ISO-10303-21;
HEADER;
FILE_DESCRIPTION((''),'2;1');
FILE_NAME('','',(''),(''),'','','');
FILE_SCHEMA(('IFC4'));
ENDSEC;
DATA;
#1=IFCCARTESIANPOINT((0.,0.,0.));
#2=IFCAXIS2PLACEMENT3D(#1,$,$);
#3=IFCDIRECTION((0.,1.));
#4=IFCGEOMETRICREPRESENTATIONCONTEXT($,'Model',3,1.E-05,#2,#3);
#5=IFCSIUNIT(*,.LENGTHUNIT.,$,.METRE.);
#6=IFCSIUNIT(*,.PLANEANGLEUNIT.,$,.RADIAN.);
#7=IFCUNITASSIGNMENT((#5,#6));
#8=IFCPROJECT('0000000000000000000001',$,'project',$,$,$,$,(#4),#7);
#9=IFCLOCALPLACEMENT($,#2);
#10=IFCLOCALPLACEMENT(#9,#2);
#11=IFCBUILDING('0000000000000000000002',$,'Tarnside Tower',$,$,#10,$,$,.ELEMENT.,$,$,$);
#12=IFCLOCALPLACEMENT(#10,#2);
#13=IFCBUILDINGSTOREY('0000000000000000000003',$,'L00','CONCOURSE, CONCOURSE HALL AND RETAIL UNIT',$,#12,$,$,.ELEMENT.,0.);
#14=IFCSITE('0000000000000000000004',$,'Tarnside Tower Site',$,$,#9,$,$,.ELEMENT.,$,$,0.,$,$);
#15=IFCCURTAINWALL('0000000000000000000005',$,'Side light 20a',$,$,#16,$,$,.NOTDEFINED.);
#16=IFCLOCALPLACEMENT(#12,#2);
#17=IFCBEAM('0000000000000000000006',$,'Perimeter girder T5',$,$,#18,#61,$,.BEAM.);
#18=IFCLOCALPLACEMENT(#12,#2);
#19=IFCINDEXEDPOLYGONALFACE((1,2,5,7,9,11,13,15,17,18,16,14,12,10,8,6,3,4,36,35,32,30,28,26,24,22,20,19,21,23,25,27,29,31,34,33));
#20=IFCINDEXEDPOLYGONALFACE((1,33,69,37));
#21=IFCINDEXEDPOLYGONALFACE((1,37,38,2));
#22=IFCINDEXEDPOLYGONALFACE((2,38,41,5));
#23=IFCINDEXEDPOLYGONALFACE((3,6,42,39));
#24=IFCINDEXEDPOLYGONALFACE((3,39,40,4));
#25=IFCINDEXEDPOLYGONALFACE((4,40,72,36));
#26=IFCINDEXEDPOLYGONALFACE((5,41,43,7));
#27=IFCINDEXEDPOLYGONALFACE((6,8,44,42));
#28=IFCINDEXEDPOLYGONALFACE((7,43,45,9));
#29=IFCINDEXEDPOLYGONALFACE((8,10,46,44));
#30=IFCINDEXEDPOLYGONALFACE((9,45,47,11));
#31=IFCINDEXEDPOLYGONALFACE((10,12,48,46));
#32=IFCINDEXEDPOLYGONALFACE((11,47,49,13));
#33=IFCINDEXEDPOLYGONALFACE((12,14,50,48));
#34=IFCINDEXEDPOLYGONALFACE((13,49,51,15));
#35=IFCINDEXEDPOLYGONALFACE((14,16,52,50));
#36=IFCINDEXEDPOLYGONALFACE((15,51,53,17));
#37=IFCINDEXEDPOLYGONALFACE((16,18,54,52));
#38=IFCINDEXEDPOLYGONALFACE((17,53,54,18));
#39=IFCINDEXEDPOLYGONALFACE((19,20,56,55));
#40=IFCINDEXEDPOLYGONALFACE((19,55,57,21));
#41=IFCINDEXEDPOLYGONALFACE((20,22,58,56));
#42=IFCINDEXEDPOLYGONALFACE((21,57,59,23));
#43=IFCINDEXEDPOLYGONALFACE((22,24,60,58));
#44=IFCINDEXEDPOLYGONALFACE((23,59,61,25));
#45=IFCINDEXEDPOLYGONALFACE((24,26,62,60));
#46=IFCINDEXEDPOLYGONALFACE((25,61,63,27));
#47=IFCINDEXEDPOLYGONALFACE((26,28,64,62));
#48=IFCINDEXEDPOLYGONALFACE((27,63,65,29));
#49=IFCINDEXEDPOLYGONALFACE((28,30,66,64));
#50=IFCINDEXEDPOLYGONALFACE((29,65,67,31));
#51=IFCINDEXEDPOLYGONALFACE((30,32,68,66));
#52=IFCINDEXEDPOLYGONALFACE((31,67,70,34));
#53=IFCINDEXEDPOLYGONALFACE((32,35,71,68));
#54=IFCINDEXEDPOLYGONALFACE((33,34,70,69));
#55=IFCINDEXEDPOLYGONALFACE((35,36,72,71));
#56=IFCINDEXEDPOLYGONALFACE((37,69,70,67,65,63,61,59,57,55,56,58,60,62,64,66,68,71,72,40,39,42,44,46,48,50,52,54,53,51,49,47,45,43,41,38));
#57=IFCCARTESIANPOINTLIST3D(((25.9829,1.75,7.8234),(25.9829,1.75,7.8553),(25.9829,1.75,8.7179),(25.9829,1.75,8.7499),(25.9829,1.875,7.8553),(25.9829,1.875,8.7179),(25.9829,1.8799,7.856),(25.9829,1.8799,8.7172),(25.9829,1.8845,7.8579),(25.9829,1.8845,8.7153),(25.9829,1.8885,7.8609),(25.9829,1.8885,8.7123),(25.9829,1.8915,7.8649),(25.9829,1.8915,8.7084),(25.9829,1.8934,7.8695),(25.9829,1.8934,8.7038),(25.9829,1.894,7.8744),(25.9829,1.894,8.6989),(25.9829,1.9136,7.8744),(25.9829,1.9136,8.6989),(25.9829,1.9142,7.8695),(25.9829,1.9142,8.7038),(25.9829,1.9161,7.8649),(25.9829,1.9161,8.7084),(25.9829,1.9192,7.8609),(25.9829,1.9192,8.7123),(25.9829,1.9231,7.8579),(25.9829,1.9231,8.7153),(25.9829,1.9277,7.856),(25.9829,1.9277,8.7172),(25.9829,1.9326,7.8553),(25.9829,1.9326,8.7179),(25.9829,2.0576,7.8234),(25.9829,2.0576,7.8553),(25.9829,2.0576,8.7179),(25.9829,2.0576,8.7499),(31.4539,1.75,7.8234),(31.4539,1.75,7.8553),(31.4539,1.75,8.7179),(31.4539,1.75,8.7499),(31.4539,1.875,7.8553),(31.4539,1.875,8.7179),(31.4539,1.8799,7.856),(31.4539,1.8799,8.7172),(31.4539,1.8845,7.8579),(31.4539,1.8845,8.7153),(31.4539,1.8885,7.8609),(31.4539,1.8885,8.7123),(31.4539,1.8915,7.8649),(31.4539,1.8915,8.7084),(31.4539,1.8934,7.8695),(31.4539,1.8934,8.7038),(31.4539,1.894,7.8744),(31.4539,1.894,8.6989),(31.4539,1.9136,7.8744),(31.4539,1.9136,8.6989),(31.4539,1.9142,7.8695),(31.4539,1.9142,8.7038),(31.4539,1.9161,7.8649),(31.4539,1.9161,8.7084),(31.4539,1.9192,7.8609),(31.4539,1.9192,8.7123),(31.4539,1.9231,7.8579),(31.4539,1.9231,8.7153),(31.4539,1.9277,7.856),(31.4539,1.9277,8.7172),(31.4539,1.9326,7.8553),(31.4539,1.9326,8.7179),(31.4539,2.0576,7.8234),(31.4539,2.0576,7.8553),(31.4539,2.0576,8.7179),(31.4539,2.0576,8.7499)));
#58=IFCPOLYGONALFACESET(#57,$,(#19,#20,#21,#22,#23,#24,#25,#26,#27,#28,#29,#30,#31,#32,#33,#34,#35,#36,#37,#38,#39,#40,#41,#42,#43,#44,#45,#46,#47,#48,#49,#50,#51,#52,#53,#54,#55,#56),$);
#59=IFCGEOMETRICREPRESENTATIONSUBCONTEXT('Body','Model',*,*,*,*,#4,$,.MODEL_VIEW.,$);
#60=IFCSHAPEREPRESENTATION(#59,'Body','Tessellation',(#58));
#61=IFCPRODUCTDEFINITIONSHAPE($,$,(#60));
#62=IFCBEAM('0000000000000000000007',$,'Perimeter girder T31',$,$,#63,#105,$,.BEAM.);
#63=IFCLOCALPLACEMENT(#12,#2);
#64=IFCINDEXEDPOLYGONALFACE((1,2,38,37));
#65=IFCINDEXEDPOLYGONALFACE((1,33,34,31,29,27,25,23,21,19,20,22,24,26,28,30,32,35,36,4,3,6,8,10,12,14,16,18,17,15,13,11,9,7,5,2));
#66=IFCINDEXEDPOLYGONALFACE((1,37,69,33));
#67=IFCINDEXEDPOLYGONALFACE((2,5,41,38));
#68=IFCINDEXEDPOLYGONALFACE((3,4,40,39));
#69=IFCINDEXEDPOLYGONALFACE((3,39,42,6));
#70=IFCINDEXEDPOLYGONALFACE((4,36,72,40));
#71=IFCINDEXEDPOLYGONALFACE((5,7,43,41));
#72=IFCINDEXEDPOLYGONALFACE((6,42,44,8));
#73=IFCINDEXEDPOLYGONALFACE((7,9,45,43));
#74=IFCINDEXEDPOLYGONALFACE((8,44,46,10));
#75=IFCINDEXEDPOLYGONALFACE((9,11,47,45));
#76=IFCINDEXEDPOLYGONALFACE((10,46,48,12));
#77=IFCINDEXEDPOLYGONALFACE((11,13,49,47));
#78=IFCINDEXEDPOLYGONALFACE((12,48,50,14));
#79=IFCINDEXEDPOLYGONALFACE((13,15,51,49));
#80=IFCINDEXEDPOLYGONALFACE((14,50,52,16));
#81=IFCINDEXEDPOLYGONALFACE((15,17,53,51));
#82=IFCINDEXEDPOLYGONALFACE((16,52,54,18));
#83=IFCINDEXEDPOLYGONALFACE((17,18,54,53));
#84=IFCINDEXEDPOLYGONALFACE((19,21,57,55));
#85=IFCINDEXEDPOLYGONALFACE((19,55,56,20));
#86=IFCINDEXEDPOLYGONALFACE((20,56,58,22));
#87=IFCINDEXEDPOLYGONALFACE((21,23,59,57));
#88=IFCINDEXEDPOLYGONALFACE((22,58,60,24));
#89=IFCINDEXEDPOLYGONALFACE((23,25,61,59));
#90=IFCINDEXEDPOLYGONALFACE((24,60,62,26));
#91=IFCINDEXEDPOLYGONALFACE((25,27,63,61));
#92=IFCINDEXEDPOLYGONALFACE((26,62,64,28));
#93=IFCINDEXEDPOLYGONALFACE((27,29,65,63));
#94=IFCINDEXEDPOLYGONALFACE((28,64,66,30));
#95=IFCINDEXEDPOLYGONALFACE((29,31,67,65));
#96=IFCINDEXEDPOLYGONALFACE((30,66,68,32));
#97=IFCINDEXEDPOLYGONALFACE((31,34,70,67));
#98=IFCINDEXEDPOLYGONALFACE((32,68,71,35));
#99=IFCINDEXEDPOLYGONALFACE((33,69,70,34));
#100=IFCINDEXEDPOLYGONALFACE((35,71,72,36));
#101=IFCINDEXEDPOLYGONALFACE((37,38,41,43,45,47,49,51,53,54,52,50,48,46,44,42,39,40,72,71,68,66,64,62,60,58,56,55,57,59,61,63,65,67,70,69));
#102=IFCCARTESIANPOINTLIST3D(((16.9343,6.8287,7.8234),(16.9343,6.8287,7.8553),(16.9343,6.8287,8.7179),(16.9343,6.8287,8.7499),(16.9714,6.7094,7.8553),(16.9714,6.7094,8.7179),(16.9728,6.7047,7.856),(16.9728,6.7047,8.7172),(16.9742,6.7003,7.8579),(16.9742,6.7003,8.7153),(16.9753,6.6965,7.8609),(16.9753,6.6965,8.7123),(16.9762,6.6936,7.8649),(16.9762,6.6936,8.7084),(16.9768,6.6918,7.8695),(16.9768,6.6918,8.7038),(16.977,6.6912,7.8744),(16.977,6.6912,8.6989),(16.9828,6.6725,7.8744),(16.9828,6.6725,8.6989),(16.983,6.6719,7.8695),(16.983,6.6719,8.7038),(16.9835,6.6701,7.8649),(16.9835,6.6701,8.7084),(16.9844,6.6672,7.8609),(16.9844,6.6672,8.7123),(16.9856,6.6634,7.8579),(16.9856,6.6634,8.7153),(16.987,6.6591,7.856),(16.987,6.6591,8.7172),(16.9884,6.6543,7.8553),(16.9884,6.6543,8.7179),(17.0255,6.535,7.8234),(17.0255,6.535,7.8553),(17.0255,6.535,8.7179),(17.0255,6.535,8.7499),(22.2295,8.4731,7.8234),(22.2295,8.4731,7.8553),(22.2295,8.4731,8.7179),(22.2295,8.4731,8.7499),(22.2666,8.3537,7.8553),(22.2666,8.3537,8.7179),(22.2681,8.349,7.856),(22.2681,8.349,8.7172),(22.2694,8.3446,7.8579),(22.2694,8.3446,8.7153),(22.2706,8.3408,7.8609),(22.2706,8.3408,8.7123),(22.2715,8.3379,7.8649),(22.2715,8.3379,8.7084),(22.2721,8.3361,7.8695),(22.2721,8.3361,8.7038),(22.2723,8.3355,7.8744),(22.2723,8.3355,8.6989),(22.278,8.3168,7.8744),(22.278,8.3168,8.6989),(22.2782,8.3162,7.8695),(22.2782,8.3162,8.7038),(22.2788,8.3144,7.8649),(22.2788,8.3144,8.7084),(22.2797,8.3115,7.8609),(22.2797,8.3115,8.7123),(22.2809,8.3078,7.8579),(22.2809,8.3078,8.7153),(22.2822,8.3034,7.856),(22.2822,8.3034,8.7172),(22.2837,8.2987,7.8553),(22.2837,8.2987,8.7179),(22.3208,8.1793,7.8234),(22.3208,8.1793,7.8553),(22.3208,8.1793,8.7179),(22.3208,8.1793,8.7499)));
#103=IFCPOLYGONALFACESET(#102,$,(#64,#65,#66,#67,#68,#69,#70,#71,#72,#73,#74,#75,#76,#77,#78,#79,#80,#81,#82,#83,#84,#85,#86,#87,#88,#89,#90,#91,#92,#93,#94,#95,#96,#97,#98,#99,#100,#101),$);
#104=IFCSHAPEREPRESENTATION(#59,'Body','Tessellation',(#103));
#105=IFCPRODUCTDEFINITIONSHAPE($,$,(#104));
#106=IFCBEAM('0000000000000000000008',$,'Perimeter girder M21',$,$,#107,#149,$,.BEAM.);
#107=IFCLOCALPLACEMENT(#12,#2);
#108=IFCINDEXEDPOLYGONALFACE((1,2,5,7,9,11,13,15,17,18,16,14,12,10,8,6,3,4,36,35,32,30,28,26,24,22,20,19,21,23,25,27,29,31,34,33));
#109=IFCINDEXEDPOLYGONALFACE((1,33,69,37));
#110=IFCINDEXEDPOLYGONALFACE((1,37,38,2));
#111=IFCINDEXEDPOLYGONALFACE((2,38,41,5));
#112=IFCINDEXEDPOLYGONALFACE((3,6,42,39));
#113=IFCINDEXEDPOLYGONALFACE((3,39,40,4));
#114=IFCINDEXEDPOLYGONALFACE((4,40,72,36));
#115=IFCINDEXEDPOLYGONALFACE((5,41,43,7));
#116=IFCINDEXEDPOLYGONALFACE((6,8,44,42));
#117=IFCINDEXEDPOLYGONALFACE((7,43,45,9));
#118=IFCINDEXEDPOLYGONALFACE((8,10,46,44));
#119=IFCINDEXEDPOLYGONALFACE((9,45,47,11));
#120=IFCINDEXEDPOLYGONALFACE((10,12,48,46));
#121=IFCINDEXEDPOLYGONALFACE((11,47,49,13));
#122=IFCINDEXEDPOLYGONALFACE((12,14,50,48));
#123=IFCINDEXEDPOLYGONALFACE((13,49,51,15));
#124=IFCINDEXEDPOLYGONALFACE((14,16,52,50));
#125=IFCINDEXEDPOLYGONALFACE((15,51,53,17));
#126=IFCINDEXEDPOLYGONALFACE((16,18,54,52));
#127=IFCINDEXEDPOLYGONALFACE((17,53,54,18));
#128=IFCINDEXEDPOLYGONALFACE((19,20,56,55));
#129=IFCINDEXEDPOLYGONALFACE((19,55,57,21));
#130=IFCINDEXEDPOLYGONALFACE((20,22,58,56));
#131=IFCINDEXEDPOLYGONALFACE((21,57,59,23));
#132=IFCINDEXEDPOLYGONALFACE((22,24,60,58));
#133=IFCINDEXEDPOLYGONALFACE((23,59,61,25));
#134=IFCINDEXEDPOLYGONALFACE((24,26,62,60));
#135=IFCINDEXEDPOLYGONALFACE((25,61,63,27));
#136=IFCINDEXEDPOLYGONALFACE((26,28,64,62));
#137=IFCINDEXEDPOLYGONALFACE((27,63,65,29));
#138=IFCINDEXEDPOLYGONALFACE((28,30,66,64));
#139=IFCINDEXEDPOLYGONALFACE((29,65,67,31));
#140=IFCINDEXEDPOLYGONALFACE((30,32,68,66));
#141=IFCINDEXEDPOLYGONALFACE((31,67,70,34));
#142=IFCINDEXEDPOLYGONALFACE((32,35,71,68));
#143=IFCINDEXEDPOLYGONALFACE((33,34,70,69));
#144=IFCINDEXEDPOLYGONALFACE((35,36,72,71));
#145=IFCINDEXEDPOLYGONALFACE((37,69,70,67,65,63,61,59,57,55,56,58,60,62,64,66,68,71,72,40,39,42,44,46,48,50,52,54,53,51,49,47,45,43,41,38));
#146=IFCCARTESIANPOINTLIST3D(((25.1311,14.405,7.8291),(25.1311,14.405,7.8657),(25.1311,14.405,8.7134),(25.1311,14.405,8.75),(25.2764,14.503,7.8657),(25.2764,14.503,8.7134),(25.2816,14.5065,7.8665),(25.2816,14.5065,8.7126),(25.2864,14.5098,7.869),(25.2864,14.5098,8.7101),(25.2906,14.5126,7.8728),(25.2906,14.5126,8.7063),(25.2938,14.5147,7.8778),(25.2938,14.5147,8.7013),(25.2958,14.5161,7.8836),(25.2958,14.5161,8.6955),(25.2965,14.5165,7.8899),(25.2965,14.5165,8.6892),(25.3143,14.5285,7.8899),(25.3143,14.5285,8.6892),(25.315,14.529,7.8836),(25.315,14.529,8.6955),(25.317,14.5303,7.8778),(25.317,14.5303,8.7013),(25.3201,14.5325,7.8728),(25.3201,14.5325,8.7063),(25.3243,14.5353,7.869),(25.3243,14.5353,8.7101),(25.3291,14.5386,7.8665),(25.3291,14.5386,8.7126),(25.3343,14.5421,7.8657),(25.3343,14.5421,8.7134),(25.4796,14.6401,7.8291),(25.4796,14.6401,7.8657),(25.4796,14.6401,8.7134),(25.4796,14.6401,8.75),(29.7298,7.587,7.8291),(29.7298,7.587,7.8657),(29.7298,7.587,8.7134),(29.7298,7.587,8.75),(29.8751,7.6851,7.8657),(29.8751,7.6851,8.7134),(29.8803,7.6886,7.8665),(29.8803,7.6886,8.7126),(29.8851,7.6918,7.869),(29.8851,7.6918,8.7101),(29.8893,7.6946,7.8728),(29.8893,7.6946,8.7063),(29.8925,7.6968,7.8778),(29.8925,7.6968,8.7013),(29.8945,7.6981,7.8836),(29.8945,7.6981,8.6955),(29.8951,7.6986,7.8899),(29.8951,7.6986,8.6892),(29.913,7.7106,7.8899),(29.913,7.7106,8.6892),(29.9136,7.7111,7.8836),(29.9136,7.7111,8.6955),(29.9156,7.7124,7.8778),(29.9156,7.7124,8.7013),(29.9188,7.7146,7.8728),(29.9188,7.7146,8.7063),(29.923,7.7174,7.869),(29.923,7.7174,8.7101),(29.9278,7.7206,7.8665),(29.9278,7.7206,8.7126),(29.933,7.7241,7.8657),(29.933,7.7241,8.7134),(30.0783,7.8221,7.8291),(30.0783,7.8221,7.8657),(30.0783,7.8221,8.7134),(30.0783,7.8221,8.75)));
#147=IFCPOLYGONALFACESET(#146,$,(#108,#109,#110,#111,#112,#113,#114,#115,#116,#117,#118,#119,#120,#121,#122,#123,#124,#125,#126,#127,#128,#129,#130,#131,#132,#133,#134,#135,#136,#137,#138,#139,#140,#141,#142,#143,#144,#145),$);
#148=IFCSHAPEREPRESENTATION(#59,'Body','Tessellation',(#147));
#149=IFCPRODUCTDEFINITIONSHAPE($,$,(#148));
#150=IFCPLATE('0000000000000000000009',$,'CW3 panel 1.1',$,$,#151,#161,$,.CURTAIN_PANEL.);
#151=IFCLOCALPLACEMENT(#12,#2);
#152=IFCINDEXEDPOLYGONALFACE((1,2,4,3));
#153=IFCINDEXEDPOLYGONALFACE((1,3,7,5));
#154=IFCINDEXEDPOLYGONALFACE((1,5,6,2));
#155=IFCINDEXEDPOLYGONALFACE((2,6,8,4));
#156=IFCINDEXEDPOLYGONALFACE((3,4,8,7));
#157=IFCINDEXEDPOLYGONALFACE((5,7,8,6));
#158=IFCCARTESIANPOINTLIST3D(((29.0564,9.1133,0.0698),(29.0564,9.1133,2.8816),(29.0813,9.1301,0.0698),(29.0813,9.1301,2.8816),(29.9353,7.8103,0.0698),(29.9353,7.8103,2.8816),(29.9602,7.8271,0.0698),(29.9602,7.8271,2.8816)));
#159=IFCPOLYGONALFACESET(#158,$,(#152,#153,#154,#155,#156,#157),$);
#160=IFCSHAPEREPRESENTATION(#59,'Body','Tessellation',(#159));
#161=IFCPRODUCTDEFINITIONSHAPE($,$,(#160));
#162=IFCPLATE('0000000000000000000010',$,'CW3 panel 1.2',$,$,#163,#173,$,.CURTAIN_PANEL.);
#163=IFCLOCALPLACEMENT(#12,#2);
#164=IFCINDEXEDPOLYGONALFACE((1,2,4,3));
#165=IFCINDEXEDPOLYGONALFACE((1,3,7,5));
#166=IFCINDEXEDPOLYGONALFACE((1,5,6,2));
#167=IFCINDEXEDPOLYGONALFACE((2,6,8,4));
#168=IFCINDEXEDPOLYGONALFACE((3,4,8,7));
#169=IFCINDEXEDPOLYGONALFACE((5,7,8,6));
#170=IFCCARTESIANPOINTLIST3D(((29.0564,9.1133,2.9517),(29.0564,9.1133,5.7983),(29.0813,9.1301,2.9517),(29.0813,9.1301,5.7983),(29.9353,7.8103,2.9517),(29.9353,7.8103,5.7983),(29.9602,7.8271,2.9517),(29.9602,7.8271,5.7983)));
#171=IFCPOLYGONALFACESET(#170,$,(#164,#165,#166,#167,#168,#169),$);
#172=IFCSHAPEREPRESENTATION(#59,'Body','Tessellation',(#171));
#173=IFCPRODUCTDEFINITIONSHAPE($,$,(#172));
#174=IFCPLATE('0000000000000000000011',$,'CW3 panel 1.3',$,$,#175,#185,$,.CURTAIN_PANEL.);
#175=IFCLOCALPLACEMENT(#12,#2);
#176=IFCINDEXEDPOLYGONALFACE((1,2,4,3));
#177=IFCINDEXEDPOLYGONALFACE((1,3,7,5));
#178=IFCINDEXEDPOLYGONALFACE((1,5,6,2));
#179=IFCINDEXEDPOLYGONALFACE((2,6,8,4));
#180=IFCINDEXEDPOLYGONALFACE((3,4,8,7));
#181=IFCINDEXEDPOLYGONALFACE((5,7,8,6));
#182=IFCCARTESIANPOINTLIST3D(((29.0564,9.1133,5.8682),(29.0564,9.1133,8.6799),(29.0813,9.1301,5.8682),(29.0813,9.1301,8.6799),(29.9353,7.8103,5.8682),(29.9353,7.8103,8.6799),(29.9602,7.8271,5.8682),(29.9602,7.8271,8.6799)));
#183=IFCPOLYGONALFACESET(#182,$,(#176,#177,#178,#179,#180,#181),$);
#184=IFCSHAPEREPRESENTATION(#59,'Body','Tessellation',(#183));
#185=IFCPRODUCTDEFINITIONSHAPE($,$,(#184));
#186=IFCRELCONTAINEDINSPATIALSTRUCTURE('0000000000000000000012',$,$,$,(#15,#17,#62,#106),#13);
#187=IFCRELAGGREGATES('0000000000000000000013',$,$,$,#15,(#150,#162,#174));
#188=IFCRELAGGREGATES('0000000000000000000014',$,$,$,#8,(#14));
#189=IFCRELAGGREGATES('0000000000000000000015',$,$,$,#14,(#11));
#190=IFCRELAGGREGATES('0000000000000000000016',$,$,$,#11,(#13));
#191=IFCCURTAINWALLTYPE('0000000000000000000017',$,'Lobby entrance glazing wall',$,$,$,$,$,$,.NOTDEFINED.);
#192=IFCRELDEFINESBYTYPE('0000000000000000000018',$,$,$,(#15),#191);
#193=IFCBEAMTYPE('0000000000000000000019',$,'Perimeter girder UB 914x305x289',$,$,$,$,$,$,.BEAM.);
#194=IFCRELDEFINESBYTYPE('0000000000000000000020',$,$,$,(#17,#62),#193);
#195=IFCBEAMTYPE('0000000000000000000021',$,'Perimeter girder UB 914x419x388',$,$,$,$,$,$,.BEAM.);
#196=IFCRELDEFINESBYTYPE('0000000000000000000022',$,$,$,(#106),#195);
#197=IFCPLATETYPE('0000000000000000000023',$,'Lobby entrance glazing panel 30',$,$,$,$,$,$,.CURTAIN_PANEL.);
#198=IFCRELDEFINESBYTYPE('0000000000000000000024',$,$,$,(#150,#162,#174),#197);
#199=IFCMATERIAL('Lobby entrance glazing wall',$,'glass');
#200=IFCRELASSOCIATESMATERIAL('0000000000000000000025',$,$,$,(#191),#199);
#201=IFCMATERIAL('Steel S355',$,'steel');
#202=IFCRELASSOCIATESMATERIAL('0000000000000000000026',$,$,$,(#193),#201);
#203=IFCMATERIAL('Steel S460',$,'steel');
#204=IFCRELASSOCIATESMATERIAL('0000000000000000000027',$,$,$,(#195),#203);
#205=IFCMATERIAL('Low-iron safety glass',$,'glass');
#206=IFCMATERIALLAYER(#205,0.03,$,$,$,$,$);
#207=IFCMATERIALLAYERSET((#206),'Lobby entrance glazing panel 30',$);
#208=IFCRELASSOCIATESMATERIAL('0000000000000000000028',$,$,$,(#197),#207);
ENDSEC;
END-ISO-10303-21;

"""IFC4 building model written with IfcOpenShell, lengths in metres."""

from ifc_helpers import new_model, si_unit, direction, frame, origin, origin_2d, place, context, subcontext, project, spatial, rectangle, i_section, extrude, material, layer, layer_set, material_profile, profile_set, type_object, element, aggregate, save


model = new_model("IFC4")

# Units and contexts
model_context = context("Model", 3, precision=1e-05, world=origin(), true_north=direction((0.0, 1.0)))
body_context = subcontext(model_context, "Body", "Model", "MODEL_VIEW")
ifc_project = project(units=[si_unit("LENGTHUNIT", "METRE"), si_unit("PLANEANGLEUNIT", "RADIAN")], contexts=[model_context])

# Site, building, storey
site_placement = place(None, origin())
site = spatial("IfcSite", under=ifc_project, at=site_placement, Name="Tarnside Tower Site", CompositionType="ELEMENT", RefElevation=0.0)
building_placement = place(site_placement, origin())
building = spatial("IfcBuilding", under=site, at=building_placement, Name="Tarnside Tower", CompositionType="ELEMENT")
storey_placement = place(building_placement, origin())
storey = spatial("IfcBuildingStorey", under=building, at=storey_placement, Name="L00", Description="CONCOURSE, CONCOURSE HALL AND RETAIL UNIT", CompositionType="ELEMENT", Elevation=0.0)

# Shared definitions
ifc_material_1 = material(Name="Steel S355", Category="steel")

# Curtain wall
ifc_material_2 = material(Name="Lobby entrance glazing wall", Category="glass")
curtain_wall_type = type_object("IfcCurtainWallType", Name="Lobby entrance glazing wall", PredefinedType="NOTDEFINED", material=ifc_material_2)
curtain_wall_placement = place(storey_placement, origin())
curtain_wall = element("IfcCurtainWall", 1, at=curtain_wall_placement, inside=storey, type_object=curtain_wall_type, Name="Side light 20a", PredefinedType="NOTDEFINED")

# Beams
ifc_material_profile_1 = material_profile(ifc_material_1, i_section(OverallWidth=0.3076, OverallDepth=0.9265, WebThickness=0.0195, FlangeThickness=0.032, FilletRadius=0.019, at=origin_2d()), Name="UB 914x305x289")
ifc_profile_set_1 = profile_set([ifc_material_profile_1], Name="Steel S355")
beam_type_1 = type_object("IfcBeamType", Name="Perimeter girder UB 914x305x289", PredefinedType="BEAM", material=ifc_profile_set_1)
beam_1_placement = place(storey_placement, frame((25.9829, 1.9038, 8.2866), z_axis=(1.0, 0.0, 0.0), x_axis=(0.0, 1.0, 0.0)))
element("IfcBeam", 2, at=beam_1_placement, inside=storey, type_object=beam_type_1, Name="Perimeter girder T5", PredefinedType="BEAM", context=body_context, shape_type="SweptSolid", body=[
    extrude(i_section(OverallWidth=0.3076, OverallDepth=0.9265, WebThickness=0.0195, FlangeThickness=0.032, FilletRadius=0.019, at=origin_2d()), origin(), (0.0, 0.0, 1.0), 5.4709),
])
beam_2_placement = place(storey_placement, frame((22.2751, 8.3262, 8.2866), z_axis=(-0.955015, -0.296557, 0.0), x_axis=(0.296557, -0.955015, 0.0)))
element("IfcBeam", 3, at=beam_2_placement, inside=storey, type_object=beam_type_1, Name="Perimeter girder T31", PredefinedType="BEAM", context=body_context, shape_type="SweptSolid", body=[
    extrude(i_section(OverallWidth=0.3076, OverallDepth=0.9265, WebThickness=0.0195, FlangeThickness=0.032, FilletRadius=0.019, at=origin_2d()), origin(), (0.0, 0.0, 1.0), 5.5447),
])
ifc_material_3 = material(Name="Steel S460", Category="steel")
ifc_material_profile_2 = material_profile(ifc_material_3, i_section(OverallWidth=0.4204, OverallDepth=0.9209, WebThickness=0.0215, FlangeThickness=0.0366, FilletRadius=0.0242, at=origin_2d()), Name="UB 914x419x388")
ifc_profile_set_2 = profile_set([ifc_material_profile_2], Name="Steel S460")
beam_type_2 = type_object("IfcBeamType", Name="Perimeter girder UB 914x419x388", PredefinedType="BEAM", material=ifc_profile_set_2)
beam_3_placement = place(storey_placement, frame((29.9041, 7.7046, 8.2896), z_axis=(-0.559186, 0.829042, 0.0), x_axis=(-0.829042, -0.559186, 0.0)))
element("IfcBeam", 4, at=beam_3_placement, inside=storey, type_object=beam_type_2, Name="Perimeter girder M21", PredefinedType="BEAM", context=body_context, shape_type="SweptSolid", body=[
    extrude(i_section(OverallWidth=0.4204, OverallDepth=0.9209, WebThickness=0.0215, FlangeThickness=0.0366, FilletRadius=0.0242, at=origin_2d()), origin(), (0.0, 0.0, 1.0), 8.2239),
])

# Plates
ifc_material_4 = material(Name="Low-iron safety glass", Category="glass")
ifc_layer = layer(ifc_material_4, 0.03)
ifc_layer_set = layer_set([ifc_layer], Name="Lobby entrance glazing panel 30")
plate_type = type_object("IfcPlateType", Name="Lobby entrance glazing panel 30", PredefinedType="CURTAIN_PANEL", material=ifc_layer_set)
plate_1_placement = place(storey_placement, frame((29.5083, 8.4702, 0.0698), z_axis=(0.0, 0.0, 1.0), x_axis=(-0.559193, 0.829038, 0.0)))
plate_1 = element("IfcPlate", 5, at=plate_1_placement, type_object=plate_type, Name="CW3 panel 1.1", PredefinedType="CURTAIN_PANEL", context=body_context, shape_type="SweptSolid", body=[
    extrude(rectangle(XDim=1.5718, YDim=0.03, at=origin_2d()), origin(), (0.0, 0.0, 1.0), 2.8118),
])
plate_2_placement = place(storey_placement, frame((29.5083, 8.4702, 2.9517), z_axis=(0.0, 0.0, 1.0), x_axis=(-0.559193, 0.829038, 0.0)))
plate_2 = element("IfcPlate", 6, at=plate_2_placement, type_object=plate_type, Name="CW3 panel 1.2", PredefinedType="CURTAIN_PANEL", context=body_context, shape_type="SweptSolid", body=[
    extrude(rectangle(XDim=1.5718, YDim=0.03, at=origin_2d()), origin(), (0.0, 0.0, 1.0), 2.8467),
])
plate_3_placement = place(storey_placement, frame((29.5083, 8.4702, 5.8682), z_axis=(0.0, 0.0, 1.0), x_axis=(-0.559193, 0.829038, 0.0)))
plate_3 = element("IfcPlate", 7, at=plate_3_placement, type_object=plate_type, Name="CW3 panel 1.3", PredefinedType="CURTAIN_PANEL", context=body_context, shape_type="SweptSolid", body=[
    extrude(rectangle(XDim=1.5718, YDim=0.03, at=origin_2d()), origin(), (0.0, 0.0, 1.0), 2.8118),
])
aggregate(curtain_wall, [plate_1, plate_2, plate_3])

save(model, "model.ifc")
